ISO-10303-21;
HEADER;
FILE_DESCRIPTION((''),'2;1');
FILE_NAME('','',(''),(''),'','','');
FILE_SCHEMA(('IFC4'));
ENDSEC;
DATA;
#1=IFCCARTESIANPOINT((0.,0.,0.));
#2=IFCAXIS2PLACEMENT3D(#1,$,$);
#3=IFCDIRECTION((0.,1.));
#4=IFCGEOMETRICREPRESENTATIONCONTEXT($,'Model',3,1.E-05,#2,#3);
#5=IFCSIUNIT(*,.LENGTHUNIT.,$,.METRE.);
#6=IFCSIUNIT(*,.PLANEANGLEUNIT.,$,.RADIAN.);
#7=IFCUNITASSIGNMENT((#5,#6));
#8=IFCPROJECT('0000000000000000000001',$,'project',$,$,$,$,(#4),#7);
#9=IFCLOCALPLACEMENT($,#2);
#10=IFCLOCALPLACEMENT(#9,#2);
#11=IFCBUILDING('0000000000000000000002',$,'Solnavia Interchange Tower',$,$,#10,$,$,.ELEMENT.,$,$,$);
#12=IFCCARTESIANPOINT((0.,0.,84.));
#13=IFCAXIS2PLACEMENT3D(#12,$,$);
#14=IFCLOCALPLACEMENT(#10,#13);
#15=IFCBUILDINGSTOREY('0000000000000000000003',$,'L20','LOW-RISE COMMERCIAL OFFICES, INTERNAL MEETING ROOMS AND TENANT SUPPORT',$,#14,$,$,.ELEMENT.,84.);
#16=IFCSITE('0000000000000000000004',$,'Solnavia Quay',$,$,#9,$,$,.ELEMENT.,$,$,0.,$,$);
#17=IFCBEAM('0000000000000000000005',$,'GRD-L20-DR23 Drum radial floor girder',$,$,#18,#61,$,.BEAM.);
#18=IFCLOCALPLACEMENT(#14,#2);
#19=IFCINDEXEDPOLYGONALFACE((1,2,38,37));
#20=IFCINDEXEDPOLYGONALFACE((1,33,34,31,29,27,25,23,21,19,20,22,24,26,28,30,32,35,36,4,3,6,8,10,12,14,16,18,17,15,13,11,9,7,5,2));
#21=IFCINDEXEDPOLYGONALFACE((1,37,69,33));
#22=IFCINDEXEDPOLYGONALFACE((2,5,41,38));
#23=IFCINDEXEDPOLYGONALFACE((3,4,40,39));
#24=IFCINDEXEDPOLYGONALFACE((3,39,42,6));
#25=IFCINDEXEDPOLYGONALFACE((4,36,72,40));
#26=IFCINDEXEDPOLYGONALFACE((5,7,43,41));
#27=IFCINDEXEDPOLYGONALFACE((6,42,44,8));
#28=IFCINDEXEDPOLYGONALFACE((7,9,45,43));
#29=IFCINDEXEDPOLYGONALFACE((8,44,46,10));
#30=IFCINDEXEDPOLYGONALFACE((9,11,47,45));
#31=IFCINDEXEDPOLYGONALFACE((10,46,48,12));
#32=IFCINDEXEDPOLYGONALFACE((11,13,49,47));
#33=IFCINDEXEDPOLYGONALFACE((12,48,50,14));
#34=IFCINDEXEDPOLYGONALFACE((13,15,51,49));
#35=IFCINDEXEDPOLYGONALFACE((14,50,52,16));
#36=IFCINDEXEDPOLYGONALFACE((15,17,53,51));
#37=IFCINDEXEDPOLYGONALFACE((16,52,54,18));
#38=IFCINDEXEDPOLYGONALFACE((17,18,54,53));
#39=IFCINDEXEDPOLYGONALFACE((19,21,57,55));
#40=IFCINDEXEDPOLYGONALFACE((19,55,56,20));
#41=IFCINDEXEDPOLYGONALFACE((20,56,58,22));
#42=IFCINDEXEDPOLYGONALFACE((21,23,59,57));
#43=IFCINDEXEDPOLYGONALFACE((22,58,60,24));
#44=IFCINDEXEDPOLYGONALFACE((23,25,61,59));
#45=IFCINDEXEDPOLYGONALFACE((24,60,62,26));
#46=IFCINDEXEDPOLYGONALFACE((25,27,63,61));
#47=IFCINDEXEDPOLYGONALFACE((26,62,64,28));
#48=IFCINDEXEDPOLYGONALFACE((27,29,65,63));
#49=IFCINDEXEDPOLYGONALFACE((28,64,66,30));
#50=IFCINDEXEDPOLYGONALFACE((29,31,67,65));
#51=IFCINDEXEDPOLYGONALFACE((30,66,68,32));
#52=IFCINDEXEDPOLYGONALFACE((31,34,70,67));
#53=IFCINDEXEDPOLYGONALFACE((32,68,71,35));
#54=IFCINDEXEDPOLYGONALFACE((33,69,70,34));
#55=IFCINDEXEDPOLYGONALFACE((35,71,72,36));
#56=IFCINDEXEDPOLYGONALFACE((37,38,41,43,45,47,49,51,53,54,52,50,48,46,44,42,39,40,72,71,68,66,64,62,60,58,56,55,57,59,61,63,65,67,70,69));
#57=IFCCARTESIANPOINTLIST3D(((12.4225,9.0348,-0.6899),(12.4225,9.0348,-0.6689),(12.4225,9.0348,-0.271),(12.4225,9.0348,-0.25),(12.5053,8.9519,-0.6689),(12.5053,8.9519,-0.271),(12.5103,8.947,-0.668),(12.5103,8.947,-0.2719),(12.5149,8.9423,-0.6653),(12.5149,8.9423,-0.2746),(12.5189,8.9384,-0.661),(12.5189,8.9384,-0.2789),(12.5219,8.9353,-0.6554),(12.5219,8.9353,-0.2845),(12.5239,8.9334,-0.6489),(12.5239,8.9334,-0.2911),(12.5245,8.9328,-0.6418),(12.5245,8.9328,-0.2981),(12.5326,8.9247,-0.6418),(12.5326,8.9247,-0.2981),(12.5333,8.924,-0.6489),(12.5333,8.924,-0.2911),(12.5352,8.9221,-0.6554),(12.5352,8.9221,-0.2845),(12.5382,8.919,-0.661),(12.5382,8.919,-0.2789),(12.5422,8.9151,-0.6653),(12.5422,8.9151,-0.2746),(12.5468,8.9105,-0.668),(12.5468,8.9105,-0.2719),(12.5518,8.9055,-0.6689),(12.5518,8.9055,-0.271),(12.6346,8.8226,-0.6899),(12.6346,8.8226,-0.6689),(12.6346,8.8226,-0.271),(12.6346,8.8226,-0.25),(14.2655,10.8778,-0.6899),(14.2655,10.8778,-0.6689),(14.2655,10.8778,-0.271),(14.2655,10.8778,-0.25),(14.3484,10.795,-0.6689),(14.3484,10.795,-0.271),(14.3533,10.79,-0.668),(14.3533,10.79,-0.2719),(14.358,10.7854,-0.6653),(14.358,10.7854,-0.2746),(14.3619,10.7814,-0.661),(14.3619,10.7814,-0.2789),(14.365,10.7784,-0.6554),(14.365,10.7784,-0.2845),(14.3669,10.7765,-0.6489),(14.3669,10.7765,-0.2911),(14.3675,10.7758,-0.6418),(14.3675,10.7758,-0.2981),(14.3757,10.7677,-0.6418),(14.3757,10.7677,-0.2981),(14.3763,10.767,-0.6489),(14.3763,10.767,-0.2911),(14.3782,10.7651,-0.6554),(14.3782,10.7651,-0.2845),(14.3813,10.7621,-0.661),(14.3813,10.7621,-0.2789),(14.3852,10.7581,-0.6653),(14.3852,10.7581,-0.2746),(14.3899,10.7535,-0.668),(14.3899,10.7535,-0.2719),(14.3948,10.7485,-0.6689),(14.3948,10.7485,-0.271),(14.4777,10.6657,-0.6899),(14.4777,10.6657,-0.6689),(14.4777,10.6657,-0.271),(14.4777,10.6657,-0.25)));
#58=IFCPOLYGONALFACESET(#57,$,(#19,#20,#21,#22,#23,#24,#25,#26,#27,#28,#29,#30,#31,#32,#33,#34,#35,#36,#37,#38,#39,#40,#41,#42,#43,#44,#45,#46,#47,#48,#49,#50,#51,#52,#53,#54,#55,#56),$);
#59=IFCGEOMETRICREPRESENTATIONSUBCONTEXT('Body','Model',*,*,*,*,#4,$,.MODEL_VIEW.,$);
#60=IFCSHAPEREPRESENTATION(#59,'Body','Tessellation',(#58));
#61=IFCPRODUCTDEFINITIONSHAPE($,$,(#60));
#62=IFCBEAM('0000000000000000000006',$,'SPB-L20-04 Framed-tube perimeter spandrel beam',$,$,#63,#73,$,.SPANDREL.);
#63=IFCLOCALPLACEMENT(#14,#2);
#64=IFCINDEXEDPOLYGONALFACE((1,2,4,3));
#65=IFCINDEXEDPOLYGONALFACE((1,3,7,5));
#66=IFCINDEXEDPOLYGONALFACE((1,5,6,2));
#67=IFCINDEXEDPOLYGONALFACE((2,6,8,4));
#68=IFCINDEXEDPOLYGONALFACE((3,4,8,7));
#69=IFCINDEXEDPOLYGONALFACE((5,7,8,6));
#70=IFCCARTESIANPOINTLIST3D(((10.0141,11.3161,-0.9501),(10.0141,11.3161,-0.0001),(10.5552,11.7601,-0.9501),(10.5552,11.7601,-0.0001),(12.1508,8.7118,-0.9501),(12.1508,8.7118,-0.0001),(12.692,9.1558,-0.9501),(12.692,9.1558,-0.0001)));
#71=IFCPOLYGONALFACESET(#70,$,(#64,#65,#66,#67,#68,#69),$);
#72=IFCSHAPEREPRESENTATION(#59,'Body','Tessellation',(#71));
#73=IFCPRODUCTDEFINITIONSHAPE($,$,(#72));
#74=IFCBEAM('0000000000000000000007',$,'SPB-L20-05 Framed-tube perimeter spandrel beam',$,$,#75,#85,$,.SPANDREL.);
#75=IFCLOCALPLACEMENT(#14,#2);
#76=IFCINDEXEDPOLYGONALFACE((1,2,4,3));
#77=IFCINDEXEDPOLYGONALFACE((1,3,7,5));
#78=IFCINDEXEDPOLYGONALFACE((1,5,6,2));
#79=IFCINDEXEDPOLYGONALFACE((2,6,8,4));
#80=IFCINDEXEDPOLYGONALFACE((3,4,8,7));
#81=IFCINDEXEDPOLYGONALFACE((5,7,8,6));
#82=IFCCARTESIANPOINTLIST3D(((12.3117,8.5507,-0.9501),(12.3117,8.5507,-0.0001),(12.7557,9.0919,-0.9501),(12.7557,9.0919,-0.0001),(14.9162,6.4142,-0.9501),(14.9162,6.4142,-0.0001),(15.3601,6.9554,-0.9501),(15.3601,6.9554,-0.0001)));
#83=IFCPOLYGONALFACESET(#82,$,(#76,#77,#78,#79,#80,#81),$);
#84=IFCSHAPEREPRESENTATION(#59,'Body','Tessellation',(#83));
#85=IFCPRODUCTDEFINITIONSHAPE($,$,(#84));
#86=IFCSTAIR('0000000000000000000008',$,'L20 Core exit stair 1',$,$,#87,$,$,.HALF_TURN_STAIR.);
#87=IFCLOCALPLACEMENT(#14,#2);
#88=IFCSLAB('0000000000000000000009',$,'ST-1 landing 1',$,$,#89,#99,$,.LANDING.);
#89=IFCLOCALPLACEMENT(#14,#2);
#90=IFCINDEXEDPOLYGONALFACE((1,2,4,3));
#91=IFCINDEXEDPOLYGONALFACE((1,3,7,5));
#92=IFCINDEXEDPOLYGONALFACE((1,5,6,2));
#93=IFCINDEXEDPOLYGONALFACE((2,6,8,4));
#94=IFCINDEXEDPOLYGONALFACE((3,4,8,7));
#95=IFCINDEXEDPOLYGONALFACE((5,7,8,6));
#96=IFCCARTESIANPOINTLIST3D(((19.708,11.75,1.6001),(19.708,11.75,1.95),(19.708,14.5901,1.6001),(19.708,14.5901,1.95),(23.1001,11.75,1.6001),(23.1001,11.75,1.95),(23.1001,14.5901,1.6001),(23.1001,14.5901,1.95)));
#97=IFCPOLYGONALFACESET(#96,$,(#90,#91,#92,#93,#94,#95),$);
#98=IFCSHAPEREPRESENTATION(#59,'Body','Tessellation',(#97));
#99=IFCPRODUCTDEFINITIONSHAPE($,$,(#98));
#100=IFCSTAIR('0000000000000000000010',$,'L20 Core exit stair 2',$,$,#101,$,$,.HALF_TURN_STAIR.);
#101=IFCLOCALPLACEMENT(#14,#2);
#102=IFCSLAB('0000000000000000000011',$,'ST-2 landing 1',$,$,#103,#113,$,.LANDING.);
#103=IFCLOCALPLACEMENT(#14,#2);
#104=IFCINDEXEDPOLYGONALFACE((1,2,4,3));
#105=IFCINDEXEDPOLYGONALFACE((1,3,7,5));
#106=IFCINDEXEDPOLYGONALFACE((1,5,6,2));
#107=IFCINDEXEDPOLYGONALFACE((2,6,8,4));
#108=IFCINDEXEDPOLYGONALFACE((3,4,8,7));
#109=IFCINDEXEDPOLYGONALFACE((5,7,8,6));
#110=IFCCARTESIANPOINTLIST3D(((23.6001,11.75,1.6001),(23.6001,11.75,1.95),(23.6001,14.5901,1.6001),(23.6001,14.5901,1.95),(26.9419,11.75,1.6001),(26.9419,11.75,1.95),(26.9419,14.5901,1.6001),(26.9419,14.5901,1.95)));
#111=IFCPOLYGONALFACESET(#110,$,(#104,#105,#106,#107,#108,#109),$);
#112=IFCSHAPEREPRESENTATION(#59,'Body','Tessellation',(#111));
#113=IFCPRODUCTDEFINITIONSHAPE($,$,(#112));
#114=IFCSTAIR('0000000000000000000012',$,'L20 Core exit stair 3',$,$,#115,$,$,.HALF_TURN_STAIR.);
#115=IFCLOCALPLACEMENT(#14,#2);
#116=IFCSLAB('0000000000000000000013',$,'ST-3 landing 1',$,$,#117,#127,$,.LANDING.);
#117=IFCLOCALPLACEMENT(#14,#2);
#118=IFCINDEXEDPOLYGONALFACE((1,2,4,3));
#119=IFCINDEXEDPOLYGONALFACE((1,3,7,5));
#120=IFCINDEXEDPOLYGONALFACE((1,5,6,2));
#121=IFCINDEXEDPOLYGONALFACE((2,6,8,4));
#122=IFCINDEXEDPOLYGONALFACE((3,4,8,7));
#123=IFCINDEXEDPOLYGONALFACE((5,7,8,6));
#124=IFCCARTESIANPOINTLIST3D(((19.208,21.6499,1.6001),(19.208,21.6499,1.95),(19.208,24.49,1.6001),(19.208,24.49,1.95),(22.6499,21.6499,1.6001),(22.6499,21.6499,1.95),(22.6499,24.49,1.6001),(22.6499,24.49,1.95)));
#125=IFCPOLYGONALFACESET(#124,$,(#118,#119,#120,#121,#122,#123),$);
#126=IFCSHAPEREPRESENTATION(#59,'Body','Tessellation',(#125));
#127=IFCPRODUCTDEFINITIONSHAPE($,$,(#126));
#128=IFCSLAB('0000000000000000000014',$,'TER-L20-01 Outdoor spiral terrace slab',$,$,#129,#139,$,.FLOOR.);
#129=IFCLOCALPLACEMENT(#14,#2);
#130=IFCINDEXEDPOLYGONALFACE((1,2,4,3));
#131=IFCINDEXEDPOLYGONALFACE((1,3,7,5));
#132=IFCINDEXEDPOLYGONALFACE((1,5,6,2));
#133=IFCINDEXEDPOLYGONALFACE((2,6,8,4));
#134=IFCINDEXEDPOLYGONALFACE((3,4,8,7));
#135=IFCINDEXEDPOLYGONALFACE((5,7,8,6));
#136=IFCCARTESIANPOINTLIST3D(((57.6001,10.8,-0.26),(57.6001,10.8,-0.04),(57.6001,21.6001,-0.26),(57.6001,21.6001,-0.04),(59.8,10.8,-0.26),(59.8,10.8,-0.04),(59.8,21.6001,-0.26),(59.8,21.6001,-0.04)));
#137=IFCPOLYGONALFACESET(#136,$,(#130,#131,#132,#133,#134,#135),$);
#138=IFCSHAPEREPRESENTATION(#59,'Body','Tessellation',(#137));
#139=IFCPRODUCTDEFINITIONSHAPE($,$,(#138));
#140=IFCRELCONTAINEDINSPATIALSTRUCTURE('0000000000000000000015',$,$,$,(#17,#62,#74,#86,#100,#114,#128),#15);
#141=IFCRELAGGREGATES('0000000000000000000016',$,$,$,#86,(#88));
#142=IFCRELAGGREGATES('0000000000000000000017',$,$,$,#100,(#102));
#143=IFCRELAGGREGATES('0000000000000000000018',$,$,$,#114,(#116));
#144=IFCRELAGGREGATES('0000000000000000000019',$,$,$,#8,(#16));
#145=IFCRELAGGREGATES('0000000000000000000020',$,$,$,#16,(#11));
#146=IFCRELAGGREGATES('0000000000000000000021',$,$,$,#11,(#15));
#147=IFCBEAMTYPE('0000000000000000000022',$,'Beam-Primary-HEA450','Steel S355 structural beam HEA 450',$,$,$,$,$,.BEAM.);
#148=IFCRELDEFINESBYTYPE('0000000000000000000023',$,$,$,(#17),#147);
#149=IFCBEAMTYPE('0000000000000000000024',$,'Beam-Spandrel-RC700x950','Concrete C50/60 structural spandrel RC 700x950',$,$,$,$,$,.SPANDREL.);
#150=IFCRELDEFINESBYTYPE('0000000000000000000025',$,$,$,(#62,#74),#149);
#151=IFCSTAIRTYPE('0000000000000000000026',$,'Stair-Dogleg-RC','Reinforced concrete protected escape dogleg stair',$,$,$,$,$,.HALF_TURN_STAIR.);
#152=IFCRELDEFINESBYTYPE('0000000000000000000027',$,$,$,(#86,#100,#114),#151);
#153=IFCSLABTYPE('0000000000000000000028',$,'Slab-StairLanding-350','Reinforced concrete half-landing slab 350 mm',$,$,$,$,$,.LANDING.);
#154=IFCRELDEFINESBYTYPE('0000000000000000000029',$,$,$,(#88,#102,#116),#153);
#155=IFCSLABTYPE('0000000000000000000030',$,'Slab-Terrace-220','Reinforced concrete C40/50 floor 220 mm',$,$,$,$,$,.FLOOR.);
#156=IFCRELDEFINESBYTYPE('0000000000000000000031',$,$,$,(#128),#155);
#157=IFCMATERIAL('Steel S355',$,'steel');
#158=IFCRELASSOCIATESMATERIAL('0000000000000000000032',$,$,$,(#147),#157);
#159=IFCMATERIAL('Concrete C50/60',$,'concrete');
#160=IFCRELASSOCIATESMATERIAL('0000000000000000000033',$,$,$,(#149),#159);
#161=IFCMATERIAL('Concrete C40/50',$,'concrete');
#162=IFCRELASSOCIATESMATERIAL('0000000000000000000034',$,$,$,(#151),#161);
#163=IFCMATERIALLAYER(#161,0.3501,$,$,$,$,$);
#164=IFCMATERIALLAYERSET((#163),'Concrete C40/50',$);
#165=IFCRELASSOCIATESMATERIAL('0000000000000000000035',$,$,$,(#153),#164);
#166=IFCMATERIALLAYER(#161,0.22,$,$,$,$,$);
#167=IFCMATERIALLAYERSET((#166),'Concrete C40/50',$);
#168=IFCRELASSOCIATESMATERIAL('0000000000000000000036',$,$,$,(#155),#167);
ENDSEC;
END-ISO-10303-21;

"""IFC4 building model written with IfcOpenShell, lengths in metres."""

from ifc_helpers import new_model, si_unit, direction, frame, origin, origin_2d, place, context, subcontext, project, spatial, polyline, rectangle, i_section, outline, extrude, material, layer, layer_set, material_profile, profile_set, type_object, element, aggregate, save


model = new_model("IFC4")

# Units and contexts
model_context = context("Model", 3, precision=1e-05, world=origin(), true_north=direction((0.0, 1.0)))
body_context = subcontext(model_context, "Body", "Model", "MODEL_VIEW")
ifc_project = project(units=[si_unit("LENGTHUNIT", "METRE"), si_unit("PLANEANGLEUNIT", "RADIAN")], contexts=[model_context])

# Site, building, storey
site_placement = place(None, origin())
site = spatial("IfcSite", under=ifc_project, at=site_placement, Name="Solnavia Quay", CompositionType="ELEMENT", RefElevation=0.0)
building_placement = place(site_placement, origin())
building = spatial("IfcBuilding", under=site, at=building_placement, Name="Solnavia Interchange Tower", CompositionType="ELEMENT")
storey_placement = place(building_placement, frame((0.0, 0.0, 84.0)))
storey = spatial("IfcBuildingStorey", under=building, at=storey_placement, Name="L20", Description="LOW-RISE COMMERCIAL OFFICES, INTERNAL MEETING ROOMS AND TENANT SUPPORT", CompositionType="ELEMENT", Elevation=84.0)

# Shared definitions
ifc_material_1 = material(Name="Steel S355", Category="steel")

# Beams
ifc_material_profile_1 = material_profile(ifc_material_1, i_section(OverallWidth=0.3, OverallDepth=0.4399, WebThickness=0.0115, FlangeThickness=0.021, FilletRadius=0.0271, at=origin_2d()), Name="HEA 450")
ifc_profile_set_1 = profile_set([ifc_material_profile_1], Name="Steel S355")
beam_type_1 = type_object("IfcBeamType", Name="Beam-Primary-HEA450", Description="Steel S355 structural beam HEA 450", PredefinedType="BEAM", material=ifc_profile_set_1)
beam_1_placement = place(storey_placement, frame((12.5286, 8.9287, -0.47), z_axis=(0.707107, 0.707107, 0.0), x_axis=(-0.707107, 0.707107, 0.0)))
element("IfcBeam", 1, at=beam_1_placement, inside=storey, type_object=beam_type_1, Name="GRD-L20-DR23 Drum radial floor girder", PredefinedType="BEAM", context=body_context, shape_type="SweptSolid", body=[
    extrude(i_section(OverallWidth=0.3, OverallDepth=0.4399, WebThickness=0.0115, FlangeThickness=0.021, FilletRadius=0.0271, at=origin_2d()), origin(), (0.0, 0.0, 1.0), 2.6064),
])
ifc_material_2 = material(Name="Concrete C50/60", Category="concrete")
ifc_material_profile_2 = material_profile(ifc_material_2, rectangle(XDim=0.7, YDim=0.95, at=origin_2d()), Name="RC 700x950")
ifc_profile_set_2 = profile_set([ifc_material_profile_2], Name="Concrete C50/60")
beam_type_2 = type_object("IfcBeamType", Name="Beam-Spandrel-RC700x950", Description="Concrete C50/60 structural spandrel RC 700x950", PredefinedType="SPANDREL", material=ifc_profile_set_2)
for number, where, z_axis, x_axis, name in (
    (2, (10.2847, 11.5381, -0.4751), (0.634299, -0.773088, 0.0), (0.773088, 0.634299, 0.0), "SPB-L20-04 Framed-tube perimeter spandrel beam"),
    (3, (12.5337, 8.8213, -0.4751), (0.773153, -0.63422, 0.0), (0.63422, 0.773153, 0.0), "SPB-L20-05 Framed-tube perimeter spandrel beam"),
):
    element("IfcBeam", number, at=place(storey_placement, frame(where, z_axis=z_axis, x_axis=x_axis)), inside=storey, type_object=beam_type_2, Name=name, PredefinedType="SPANDREL", context=body_context, shape_type="SweptSolid", body=[
        extrude(rectangle(XDim=0.7, YDim=0.95, at=origin_2d()), origin(), (0.0, 0.0, 1.0), 3.3687),
    ])

# Stairs, slabs
ifc_material_3 = material(Name="Concrete C40/50", Category="concrete")
stair_type = type_object("IfcStairType", Name="Stair-Dogleg-RC", Description="Reinforced concrete protected escape dogleg stair", PredefinedType="HALF_TURN_STAIR", material=ifc_material_3)
stair_1_placement = place(storey_placement, origin())
stair_1 = element("IfcStair", 4, at=stair_1_placement, inside=storey, type_object=stair_type, Name="L20 Core exit stair 1", PredefinedType="HALF_TURN_STAIR")
ifc_layer_1 = layer(ifc_material_3, 0.3501)
ifc_layer_set_1 = layer_set([ifc_layer_1], Name="Concrete C40/50")
slab_type_1 = type_object("IfcSlabType", Name="Slab-StairLanding-350", Description="Reinforced concrete half-landing slab 350 mm", PredefinedType="LANDING", material=ifc_layer_set_1)
slab_1_placement = place(storey_placement, frame((0.0, 0.0, 1.6001)))
slab_1 = element("IfcSlab", 5, at=slab_1_placement, type_object=slab_type_1, Name="ST-1 landing 1", PredefinedType="LANDING", context=body_context, shape_type="SweptSolid", body=[
    extrude(outline(polyline([(19.708, 11.75), (23.1001, 11.75), (23.1001, 14.5901), (19.708, 14.5901), (19.708, 11.75)])), origin(), (0.0, 0.0, 1.0), 0.3499),
])
aggregate(stair_1, [slab_1])
stair_2_placement = place(storey_placement, origin())
stair_2 = element("IfcStair", 6, at=stair_2_placement, inside=storey, type_object=stair_type, Name="L20 Core exit stair 2", PredefinedType="HALF_TURN_STAIR")
slab_2_placement = place(storey_placement, frame((0.0, 0.0, 1.6001)))
slab_2 = element("IfcSlab", 7, at=slab_2_placement, type_object=slab_type_1, Name="ST-2 landing 1", PredefinedType="LANDING", context=body_context, shape_type="SweptSolid", body=[
    extrude(outline(polyline([(23.6001, 11.75), (26.9419, 11.75), (26.9419, 14.5901), (23.6001, 14.5901), (23.6001, 11.75)])), origin(), (0.0, 0.0, 1.0), 0.3499),
])
aggregate(stair_2, [slab_2])
stair_3_placement = place(storey_placement, origin())
stair_3 = element("IfcStair", 8, at=stair_3_placement, inside=storey, type_object=stair_type, Name="L20 Core exit stair 3", PredefinedType="HALF_TURN_STAIR")
slab_3_placement = place(storey_placement, frame((0.0, 0.0, 1.6001)))
slab_3 = element("IfcSlab", 9, at=slab_3_placement, type_object=slab_type_1, Name="ST-3 landing 1", PredefinedType="LANDING", context=body_context, shape_type="SweptSolid", body=[
    extrude(outline(polyline([(19.208, 21.6499), (22.6499, 21.6499), (22.6499, 24.49), (19.208, 24.49), (19.208, 21.6499)])), origin(), (0.0, 0.0, 1.0), 0.3499),
])
aggregate(stair_3, [slab_3])

# Slab
ifc_layer_2 = layer(ifc_material_3, 0.22)
ifc_layer_set_2 = layer_set([ifc_layer_2], Name="Concrete C40/50")
slab_type_2 = type_object("IfcSlabType", Name="Slab-Terrace-220", Description="Reinforced concrete C40/50 floor 220 mm", PredefinedType="FLOOR", material=ifc_layer_set_2)
slab_4_placement = place(storey_placement, frame((0.0, 0.0, -0.26)))
element("IfcSlab", 10, at=slab_4_placement, inside=storey, type_object=slab_type_2, Name="TER-L20-01 Outdoor spiral terrace slab", PredefinedType="FLOOR", context=body_context, shape_type="SweptSolid", body=[
    extrude(outline(polyline([(57.6001, 10.8), (59.8, 10.8), (59.8, 21.6001), (57.6001, 21.6001), (57.6001, 10.8)])), origin(), (0.0, 0.0, 1.0), 0.22),
])

save(model, "model.ifc")
